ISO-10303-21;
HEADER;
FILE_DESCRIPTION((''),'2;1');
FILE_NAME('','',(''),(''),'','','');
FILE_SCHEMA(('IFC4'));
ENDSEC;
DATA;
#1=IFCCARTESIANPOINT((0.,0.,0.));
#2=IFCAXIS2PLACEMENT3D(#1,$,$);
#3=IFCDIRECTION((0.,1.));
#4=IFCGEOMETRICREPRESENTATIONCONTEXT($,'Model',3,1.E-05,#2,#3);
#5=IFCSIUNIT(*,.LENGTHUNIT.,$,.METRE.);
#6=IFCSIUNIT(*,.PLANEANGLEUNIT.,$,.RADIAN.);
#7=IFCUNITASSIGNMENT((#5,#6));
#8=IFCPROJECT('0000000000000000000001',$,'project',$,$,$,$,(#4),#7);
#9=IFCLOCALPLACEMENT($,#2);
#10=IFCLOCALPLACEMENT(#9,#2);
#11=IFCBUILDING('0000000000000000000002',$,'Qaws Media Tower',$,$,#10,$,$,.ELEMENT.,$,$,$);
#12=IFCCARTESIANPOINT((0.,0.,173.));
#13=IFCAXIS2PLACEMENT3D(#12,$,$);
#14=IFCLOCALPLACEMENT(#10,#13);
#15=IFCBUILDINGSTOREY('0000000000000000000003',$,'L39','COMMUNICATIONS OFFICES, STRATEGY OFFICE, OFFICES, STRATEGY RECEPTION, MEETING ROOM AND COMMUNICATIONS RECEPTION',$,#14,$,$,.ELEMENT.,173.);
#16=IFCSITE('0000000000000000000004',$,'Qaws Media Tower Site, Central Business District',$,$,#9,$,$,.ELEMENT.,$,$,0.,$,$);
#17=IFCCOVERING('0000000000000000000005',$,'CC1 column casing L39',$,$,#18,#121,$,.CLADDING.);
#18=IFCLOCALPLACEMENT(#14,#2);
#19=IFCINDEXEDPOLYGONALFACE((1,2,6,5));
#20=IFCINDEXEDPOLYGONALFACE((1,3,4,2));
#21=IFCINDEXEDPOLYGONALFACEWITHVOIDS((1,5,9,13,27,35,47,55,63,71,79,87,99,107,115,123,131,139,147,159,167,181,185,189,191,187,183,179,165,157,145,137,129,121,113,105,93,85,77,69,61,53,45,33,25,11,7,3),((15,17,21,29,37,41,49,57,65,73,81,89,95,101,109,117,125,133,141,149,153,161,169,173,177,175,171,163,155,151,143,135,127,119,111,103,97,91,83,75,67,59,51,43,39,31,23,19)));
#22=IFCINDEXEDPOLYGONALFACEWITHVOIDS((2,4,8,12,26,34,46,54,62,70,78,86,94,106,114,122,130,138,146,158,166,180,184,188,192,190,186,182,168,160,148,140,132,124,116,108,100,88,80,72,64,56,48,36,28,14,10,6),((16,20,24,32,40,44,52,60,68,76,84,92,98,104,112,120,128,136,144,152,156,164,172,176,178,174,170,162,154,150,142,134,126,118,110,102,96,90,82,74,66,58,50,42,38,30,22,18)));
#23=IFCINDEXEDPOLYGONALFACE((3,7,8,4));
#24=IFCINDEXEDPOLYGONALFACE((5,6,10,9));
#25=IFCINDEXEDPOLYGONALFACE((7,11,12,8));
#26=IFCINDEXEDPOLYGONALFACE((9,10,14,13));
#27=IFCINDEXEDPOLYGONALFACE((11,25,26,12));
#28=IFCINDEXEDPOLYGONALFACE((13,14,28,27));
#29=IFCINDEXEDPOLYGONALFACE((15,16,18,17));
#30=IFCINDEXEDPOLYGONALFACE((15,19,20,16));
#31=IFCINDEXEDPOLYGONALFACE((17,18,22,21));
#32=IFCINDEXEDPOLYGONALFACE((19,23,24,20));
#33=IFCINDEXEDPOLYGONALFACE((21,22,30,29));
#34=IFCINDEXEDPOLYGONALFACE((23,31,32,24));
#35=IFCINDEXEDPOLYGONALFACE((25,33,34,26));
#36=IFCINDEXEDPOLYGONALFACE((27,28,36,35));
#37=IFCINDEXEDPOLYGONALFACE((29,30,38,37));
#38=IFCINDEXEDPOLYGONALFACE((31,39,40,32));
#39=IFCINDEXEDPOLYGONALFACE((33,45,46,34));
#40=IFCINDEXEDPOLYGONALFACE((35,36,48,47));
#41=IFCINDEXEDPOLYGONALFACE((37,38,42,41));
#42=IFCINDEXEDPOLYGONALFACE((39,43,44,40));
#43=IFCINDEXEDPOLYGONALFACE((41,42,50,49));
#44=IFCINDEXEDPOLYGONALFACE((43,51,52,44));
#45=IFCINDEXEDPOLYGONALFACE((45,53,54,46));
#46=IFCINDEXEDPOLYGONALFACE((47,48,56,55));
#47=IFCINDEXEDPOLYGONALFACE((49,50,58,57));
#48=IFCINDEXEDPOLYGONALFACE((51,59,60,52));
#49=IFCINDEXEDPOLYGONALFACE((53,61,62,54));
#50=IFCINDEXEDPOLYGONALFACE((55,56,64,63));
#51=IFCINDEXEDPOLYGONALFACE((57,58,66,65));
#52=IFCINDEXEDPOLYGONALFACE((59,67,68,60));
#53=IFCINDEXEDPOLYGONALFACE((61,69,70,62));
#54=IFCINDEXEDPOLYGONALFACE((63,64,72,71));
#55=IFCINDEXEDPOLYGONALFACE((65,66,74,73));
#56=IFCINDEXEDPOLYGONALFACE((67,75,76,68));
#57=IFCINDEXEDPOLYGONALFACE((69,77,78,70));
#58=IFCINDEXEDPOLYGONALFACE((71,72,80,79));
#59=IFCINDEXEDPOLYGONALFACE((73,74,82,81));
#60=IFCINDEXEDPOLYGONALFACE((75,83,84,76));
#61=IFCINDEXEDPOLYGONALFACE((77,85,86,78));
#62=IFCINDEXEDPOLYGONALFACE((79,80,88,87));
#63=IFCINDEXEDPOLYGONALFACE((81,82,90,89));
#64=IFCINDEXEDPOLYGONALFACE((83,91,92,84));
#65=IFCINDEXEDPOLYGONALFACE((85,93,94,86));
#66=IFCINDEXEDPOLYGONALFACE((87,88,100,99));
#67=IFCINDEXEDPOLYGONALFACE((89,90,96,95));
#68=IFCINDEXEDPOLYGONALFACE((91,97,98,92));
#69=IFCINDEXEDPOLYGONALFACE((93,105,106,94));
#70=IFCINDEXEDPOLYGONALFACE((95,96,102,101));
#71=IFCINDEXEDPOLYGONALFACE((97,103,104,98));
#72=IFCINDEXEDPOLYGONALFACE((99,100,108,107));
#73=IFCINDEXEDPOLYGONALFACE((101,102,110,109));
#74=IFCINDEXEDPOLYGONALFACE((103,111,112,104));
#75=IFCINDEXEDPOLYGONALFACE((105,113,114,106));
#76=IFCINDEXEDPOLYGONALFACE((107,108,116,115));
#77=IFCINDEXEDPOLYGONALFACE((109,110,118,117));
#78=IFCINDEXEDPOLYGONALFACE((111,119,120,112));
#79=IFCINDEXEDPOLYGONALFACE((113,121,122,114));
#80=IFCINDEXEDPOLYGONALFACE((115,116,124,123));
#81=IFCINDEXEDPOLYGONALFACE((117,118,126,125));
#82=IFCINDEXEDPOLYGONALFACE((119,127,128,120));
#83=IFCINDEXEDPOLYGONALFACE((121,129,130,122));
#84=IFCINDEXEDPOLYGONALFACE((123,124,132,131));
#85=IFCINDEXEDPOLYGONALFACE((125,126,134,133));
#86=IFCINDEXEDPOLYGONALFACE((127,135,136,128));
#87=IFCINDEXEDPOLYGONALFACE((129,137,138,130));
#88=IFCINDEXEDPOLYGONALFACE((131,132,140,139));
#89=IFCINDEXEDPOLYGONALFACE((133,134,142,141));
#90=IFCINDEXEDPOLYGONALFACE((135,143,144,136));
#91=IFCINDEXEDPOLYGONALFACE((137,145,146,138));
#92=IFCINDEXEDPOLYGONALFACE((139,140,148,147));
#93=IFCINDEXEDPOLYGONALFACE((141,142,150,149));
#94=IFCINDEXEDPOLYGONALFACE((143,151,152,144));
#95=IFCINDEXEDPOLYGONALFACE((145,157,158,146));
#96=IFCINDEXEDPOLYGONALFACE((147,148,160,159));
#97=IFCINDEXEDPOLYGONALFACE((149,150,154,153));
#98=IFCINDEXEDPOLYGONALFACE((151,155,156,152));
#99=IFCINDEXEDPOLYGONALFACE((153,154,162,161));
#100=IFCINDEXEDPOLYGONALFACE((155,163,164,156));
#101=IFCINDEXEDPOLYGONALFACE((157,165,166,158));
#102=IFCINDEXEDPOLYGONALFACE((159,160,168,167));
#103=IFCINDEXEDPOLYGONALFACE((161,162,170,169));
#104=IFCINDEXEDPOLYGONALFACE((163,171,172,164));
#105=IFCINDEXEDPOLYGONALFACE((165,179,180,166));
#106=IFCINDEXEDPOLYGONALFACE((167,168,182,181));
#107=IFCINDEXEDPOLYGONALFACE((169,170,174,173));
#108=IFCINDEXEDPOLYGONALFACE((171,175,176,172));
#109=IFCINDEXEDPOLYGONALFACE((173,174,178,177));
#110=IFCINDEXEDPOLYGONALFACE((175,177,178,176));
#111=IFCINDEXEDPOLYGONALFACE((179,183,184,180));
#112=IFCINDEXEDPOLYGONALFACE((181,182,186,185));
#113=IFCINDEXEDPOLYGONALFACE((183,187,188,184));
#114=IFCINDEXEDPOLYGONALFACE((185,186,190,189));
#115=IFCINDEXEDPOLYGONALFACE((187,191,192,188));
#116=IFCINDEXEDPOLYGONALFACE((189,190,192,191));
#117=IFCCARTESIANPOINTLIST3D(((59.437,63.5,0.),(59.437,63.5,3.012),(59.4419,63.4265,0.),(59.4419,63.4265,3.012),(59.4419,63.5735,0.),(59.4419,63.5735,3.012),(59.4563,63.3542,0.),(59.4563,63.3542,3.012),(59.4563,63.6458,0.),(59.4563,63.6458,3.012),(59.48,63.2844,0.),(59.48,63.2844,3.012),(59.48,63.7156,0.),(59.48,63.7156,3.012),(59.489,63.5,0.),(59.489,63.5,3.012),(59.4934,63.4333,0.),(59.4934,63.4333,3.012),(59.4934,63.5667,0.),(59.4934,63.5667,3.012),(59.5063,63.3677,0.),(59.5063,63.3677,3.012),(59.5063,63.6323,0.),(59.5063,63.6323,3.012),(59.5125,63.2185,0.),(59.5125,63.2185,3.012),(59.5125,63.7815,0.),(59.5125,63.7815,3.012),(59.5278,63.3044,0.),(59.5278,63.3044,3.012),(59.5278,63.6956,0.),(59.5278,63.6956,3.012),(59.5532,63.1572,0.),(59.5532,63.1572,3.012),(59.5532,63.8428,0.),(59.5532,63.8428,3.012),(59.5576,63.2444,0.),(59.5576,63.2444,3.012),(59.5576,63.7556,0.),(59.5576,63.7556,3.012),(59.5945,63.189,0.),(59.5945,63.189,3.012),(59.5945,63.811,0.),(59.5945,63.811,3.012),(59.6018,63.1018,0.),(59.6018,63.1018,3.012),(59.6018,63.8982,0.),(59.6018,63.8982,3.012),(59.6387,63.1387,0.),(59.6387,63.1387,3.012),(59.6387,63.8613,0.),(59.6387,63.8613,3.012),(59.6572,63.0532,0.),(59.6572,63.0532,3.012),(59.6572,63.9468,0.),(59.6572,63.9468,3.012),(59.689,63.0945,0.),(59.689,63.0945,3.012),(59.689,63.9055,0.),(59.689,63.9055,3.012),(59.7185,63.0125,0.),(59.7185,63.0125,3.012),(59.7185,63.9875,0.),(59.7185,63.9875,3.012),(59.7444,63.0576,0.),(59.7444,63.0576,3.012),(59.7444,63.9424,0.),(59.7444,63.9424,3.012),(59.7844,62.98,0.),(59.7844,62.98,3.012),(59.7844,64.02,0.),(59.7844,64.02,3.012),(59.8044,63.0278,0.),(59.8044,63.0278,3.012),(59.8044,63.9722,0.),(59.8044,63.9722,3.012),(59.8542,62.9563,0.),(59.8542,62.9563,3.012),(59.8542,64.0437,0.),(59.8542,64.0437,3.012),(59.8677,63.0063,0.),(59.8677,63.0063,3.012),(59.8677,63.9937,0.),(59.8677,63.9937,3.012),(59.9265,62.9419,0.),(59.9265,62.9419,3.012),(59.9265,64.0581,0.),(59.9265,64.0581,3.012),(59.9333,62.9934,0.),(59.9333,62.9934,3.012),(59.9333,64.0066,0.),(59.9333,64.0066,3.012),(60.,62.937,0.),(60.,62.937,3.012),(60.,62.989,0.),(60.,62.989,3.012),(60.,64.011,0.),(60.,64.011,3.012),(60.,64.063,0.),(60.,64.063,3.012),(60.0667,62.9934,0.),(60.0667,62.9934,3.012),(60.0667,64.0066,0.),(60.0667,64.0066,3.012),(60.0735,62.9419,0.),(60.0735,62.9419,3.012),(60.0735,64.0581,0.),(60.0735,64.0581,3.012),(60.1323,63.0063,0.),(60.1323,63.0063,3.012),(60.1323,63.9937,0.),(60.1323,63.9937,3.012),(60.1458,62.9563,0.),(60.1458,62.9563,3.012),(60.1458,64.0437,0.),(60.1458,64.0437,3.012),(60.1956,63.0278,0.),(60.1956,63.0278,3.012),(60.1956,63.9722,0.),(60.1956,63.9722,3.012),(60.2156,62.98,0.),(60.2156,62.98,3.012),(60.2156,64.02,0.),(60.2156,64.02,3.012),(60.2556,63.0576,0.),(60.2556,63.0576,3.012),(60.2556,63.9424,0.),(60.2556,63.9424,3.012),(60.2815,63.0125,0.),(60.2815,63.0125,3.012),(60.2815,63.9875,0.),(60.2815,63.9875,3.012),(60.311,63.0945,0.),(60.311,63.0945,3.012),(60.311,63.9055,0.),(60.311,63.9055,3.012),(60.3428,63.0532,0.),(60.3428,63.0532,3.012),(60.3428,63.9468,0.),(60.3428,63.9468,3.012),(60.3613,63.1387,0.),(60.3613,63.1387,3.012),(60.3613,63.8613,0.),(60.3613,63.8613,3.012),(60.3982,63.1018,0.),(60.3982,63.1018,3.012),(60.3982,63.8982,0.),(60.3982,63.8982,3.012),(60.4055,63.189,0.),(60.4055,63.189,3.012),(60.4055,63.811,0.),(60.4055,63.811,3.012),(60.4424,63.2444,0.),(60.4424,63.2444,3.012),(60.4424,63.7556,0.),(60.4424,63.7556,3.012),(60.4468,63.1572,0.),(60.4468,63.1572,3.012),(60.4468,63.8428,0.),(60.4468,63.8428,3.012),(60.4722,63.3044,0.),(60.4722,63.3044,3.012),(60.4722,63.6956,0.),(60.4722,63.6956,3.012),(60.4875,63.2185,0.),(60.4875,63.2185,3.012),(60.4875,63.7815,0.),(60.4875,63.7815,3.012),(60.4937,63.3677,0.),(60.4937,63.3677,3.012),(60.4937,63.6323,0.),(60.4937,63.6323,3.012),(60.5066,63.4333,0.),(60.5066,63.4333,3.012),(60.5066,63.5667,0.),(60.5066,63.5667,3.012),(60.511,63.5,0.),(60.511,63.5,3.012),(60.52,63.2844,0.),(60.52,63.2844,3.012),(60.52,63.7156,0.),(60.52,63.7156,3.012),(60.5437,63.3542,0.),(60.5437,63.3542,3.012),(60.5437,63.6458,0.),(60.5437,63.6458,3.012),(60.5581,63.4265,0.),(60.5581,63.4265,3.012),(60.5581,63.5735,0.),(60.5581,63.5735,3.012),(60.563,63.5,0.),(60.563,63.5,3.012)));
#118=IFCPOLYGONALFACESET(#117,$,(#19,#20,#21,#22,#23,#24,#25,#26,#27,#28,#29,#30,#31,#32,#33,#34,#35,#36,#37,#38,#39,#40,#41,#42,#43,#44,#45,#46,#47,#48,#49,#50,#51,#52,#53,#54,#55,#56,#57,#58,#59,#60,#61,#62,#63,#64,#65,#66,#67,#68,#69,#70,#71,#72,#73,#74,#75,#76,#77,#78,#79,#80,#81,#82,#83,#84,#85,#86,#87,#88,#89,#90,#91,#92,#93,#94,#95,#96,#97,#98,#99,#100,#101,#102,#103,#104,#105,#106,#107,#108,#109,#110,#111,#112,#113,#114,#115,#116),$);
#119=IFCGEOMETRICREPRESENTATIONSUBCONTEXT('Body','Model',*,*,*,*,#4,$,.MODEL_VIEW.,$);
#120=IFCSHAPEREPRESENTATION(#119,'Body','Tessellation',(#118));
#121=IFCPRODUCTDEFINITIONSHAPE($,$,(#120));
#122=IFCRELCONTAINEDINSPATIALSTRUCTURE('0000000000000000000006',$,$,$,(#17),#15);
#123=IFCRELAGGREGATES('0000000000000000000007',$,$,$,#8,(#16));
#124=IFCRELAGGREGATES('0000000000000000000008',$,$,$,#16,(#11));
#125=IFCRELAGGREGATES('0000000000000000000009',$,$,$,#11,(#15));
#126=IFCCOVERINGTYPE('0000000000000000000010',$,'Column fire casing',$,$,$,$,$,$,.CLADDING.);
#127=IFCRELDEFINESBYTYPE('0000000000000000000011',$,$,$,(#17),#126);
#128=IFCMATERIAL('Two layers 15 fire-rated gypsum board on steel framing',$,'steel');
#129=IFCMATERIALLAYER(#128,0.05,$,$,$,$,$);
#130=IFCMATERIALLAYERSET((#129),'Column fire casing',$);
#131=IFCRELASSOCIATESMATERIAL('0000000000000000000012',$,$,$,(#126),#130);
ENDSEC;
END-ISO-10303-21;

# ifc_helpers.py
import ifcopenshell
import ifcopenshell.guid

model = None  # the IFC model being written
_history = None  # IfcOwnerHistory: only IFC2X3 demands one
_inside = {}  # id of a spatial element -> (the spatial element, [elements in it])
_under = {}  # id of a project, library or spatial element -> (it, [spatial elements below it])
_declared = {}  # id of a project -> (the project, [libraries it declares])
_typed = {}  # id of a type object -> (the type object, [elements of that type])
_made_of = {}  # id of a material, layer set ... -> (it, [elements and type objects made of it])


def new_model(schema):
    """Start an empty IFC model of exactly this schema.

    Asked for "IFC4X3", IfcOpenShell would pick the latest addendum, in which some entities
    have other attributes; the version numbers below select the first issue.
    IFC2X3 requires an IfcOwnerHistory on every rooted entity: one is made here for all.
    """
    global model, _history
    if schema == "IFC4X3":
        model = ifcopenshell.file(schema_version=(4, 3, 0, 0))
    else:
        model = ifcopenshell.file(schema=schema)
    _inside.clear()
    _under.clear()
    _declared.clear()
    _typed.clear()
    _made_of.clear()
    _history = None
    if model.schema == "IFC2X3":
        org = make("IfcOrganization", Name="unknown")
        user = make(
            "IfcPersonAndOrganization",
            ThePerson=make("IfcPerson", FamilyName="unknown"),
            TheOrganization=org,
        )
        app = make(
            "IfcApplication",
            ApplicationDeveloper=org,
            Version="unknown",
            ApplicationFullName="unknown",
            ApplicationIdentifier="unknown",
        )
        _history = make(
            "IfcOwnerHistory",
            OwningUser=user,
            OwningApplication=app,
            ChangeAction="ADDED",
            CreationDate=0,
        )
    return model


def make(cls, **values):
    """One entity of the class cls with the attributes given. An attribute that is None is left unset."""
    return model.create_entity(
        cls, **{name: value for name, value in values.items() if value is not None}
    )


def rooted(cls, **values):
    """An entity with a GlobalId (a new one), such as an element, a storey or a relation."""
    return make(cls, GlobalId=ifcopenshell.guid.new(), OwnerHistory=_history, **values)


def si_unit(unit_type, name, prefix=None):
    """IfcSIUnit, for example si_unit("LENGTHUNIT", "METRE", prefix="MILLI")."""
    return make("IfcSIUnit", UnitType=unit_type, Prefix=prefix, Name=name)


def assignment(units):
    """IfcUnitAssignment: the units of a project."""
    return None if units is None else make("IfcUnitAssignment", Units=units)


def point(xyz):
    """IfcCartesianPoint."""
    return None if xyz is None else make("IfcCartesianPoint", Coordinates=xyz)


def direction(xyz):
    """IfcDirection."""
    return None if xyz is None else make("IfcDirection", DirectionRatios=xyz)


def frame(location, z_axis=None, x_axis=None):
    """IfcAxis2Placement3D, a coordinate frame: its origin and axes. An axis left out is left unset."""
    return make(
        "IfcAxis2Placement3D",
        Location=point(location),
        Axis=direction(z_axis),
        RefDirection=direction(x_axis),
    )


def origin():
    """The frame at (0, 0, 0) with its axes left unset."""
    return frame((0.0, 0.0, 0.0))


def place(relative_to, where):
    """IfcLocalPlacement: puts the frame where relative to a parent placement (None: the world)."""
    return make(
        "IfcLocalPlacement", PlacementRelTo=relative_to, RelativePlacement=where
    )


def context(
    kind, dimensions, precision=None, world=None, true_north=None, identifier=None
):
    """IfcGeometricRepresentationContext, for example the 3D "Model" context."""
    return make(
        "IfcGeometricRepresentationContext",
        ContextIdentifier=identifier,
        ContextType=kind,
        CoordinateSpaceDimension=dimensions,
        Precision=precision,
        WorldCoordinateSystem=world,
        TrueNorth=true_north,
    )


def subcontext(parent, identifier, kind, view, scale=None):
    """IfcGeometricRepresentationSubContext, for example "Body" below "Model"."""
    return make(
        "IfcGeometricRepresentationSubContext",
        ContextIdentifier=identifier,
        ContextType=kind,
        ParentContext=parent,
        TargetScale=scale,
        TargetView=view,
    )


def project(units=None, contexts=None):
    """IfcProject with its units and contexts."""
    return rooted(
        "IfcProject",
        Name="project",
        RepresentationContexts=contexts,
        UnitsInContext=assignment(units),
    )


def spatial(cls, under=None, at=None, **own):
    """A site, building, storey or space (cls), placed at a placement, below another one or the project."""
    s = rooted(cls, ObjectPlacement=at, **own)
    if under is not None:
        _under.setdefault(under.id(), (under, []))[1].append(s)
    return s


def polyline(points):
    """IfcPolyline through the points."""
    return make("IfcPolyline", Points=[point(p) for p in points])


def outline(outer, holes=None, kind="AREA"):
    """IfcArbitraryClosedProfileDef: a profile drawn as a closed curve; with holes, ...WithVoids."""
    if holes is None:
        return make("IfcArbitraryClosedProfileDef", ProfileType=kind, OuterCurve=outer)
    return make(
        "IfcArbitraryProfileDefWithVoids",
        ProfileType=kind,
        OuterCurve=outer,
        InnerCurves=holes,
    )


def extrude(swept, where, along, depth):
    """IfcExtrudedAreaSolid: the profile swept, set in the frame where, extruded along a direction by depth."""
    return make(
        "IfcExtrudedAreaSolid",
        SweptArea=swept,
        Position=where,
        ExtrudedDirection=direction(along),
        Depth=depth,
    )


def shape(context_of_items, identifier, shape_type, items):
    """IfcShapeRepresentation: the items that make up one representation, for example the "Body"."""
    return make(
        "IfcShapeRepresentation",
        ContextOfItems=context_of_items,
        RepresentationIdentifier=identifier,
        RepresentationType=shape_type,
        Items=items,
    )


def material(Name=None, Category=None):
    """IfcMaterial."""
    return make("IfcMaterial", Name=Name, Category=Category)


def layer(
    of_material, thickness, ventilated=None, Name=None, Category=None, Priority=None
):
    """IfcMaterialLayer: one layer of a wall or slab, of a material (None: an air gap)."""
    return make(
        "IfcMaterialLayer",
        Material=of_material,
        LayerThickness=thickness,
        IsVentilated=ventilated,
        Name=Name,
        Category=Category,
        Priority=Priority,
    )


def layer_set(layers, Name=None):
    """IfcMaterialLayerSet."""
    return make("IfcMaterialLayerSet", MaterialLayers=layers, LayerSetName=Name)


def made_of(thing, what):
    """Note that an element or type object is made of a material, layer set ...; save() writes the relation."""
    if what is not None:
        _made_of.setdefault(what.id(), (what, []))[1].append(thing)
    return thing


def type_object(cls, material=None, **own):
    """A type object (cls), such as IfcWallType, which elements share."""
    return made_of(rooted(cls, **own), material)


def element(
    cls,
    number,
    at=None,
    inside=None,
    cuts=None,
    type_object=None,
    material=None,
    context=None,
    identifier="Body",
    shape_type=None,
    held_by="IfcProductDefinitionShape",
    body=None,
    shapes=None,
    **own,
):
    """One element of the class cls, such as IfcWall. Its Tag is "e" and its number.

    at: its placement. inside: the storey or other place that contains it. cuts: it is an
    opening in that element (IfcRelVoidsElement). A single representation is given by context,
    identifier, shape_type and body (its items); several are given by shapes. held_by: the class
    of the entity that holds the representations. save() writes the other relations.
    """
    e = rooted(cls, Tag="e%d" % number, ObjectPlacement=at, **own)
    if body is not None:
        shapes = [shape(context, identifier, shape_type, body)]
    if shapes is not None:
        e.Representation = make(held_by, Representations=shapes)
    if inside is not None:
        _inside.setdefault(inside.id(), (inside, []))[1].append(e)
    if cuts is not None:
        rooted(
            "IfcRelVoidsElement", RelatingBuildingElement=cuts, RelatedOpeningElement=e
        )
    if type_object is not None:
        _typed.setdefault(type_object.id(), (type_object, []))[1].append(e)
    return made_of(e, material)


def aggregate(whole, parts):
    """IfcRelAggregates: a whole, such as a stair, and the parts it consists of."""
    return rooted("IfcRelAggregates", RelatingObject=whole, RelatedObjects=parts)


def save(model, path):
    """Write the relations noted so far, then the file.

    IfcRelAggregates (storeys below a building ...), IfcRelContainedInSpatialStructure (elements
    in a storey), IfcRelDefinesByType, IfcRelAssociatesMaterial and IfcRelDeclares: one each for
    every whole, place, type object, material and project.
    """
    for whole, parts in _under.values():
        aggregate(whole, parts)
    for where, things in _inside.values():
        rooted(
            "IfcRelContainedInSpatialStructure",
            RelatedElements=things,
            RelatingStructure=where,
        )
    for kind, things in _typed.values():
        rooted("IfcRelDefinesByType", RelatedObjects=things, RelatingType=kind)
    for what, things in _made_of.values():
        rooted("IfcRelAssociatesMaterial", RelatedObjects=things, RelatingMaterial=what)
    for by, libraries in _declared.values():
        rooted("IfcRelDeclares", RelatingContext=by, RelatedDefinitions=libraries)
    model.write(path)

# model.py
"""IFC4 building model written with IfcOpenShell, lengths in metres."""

from ifc_helpers import new_model, si_unit, direction, frame, origin, place, context, subcontext, project, spatial, polyline, outline, extrude, material, layer, layer_set, type_object, element, save


model = new_model("IFC4")

# Units and contexts
model_context = context("Model", 3, precision=1e-05, world=origin(), true_north=direction((0.0, 1.0)))
body_context = subcontext(model_context, "Body", "Model", "MODEL_VIEW")
ifc_project = project(units=[si_unit("LENGTHUNIT", "METRE"), si_unit("PLANEANGLEUNIT", "RADIAN")], contexts=[model_context])

# Site, building, storey
site_placement = place(None, origin())
site = spatial("IfcSite", under=ifc_project, at=site_placement, Name="Qaws Media Tower Site, Central Business District", CompositionType="ELEMENT", RefElevation=0.0)
building_placement = place(site_placement, origin())
building = spatial("IfcBuilding", under=site, at=building_placement, Name="Qaws Media Tower", CompositionType="ELEMENT")
storey_placement = place(building_placement, frame((0.0, 0.0, 173.0)))
storey = spatial("IfcBuildingStorey", under=building, at=storey_placement, Name="L39", Description="COMMUNICATIONS OFFICES, STRATEGY OFFICE, OFFICES, STRATEGY RECEPTION, MEETING ROOM AND COMMUNICATIONS RECEPTION", CompositionType="ELEMENT", Elevation=173.0)

# Covering
ifc_material_1 = material(Name="Two layers 15 fire-rated gypsum board on steel framing", Category="steel")
ifc_layer_1 = layer(ifc_material_1, 0.05)
ifc_layer_set_1 = layer_set([ifc_layer_1], Name="Column fire casing")
covering_type = type_object("IfcCoveringType", Name="Column fire casing", PredefinedType="CLADDING", material=ifc_layer_set_1)
covering_1_placement = place(storey_placement, origin())
element("IfcCovering", 1, at=covering_1_placement, inside=storey, type_object=covering_type, Name="CC1 column casing L39", PredefinedType="CLADDING", context=body_context, shape_type="SweptSolid", body=[
    extrude(outline(polyline([(60.563, 63.5), (60.5581, 63.4265), (60.5437, 63.3542), (60.52, 63.2844), (60.4875, 63.2185), (60.4468, 63.1572), (60.3982, 63.1018), (60.3428, 63.0532), (60.2815, 63.0125), (60.2156, 62.98), (60.1458, 62.9563), (60.0735, 62.9419), (60.0, 62.937), (59.9265, 62.9419), (59.8542, 62.9563), (59.7844, 62.98), (59.7185, 63.0125), (59.6572, 63.0532), (59.6018, 63.1018), (59.5532, 63.1572), (59.5125, 63.2185), (59.48, 63.2844), (59.4563, 63.3542), (59.4419, 63.4265), (59.437, 63.5), (59.4419, 63.5735), (59.4563, 63.6458), (59.48, 63.7156), (59.5125, 63.7815), (59.5532, 63.8428), (59.6018, 63.8982), (59.6572, 63.9468), (59.7185, 63.9875), (59.7844, 64.02), (59.8542, 64.0437), (59.9265, 64.0581), (60.0, 64.063), (60.0735, 64.0581), (60.1458, 64.0437), (60.2156, 64.02), (60.2815, 63.9875), (60.3428, 63.9468), (60.3982, 63.8982), (60.4468, 63.8428), (60.4875, 63.7815), (60.52, 63.7156), (60.5437, 63.6458), (60.5581, 63.5735), (60.563, 63.5)]), holes=[polyline([(60.511, 63.5), (60.5066, 63.4333), (60.4937, 63.3677), (60.4722, 63.3044), (60.4424, 63.2444), (60.4055, 63.189), (60.3613, 63.1387), (60.311, 63.0945), (60.2556, 63.0576), (60.1956, 63.0278), (60.1323, 63.0063), (60.0667, 62.9934), (60.0, 62.989), (59.9333, 62.9934), (59.8677, 63.0063), (59.8044, 63.0278), (59.7444, 63.0576), (59.689, 63.0945), (59.6387, 63.1387), (59.5945, 63.189), (59.5576, 63.2444), (59.5278, 63.3044), (59.5063, 63.3677), (59.4934, 63.4333), (59.489, 63.5), (59.4934, 63.5667), (59.5063, 63.6323), (59.5278, 63.6956), (59.5576, 63.7556), (59.5945, 63.811), (59.6387, 63.8613), (59.689, 63.9055), (59.7444, 63.9424), (59.8044, 63.9722), (59.8677, 63.9937), (59.9333, 64.0066), (60.0, 64.011), (60.0667, 64.0066), (60.1323, 63.9937), (60.1956, 63.9722), (60.2556, 63.9424), (60.311, 63.9055), (60.3613, 63.8613), (60.4055, 63.811), (60.4424, 63.7556), (60.4722, 63.6956), (60.4937, 63.6323), (60.5066, 63.5667), (60.511, 63.5)])]), origin(), (0.0, 0.0, 1.0), 3.012),
])

save(model, "model.ifc")
